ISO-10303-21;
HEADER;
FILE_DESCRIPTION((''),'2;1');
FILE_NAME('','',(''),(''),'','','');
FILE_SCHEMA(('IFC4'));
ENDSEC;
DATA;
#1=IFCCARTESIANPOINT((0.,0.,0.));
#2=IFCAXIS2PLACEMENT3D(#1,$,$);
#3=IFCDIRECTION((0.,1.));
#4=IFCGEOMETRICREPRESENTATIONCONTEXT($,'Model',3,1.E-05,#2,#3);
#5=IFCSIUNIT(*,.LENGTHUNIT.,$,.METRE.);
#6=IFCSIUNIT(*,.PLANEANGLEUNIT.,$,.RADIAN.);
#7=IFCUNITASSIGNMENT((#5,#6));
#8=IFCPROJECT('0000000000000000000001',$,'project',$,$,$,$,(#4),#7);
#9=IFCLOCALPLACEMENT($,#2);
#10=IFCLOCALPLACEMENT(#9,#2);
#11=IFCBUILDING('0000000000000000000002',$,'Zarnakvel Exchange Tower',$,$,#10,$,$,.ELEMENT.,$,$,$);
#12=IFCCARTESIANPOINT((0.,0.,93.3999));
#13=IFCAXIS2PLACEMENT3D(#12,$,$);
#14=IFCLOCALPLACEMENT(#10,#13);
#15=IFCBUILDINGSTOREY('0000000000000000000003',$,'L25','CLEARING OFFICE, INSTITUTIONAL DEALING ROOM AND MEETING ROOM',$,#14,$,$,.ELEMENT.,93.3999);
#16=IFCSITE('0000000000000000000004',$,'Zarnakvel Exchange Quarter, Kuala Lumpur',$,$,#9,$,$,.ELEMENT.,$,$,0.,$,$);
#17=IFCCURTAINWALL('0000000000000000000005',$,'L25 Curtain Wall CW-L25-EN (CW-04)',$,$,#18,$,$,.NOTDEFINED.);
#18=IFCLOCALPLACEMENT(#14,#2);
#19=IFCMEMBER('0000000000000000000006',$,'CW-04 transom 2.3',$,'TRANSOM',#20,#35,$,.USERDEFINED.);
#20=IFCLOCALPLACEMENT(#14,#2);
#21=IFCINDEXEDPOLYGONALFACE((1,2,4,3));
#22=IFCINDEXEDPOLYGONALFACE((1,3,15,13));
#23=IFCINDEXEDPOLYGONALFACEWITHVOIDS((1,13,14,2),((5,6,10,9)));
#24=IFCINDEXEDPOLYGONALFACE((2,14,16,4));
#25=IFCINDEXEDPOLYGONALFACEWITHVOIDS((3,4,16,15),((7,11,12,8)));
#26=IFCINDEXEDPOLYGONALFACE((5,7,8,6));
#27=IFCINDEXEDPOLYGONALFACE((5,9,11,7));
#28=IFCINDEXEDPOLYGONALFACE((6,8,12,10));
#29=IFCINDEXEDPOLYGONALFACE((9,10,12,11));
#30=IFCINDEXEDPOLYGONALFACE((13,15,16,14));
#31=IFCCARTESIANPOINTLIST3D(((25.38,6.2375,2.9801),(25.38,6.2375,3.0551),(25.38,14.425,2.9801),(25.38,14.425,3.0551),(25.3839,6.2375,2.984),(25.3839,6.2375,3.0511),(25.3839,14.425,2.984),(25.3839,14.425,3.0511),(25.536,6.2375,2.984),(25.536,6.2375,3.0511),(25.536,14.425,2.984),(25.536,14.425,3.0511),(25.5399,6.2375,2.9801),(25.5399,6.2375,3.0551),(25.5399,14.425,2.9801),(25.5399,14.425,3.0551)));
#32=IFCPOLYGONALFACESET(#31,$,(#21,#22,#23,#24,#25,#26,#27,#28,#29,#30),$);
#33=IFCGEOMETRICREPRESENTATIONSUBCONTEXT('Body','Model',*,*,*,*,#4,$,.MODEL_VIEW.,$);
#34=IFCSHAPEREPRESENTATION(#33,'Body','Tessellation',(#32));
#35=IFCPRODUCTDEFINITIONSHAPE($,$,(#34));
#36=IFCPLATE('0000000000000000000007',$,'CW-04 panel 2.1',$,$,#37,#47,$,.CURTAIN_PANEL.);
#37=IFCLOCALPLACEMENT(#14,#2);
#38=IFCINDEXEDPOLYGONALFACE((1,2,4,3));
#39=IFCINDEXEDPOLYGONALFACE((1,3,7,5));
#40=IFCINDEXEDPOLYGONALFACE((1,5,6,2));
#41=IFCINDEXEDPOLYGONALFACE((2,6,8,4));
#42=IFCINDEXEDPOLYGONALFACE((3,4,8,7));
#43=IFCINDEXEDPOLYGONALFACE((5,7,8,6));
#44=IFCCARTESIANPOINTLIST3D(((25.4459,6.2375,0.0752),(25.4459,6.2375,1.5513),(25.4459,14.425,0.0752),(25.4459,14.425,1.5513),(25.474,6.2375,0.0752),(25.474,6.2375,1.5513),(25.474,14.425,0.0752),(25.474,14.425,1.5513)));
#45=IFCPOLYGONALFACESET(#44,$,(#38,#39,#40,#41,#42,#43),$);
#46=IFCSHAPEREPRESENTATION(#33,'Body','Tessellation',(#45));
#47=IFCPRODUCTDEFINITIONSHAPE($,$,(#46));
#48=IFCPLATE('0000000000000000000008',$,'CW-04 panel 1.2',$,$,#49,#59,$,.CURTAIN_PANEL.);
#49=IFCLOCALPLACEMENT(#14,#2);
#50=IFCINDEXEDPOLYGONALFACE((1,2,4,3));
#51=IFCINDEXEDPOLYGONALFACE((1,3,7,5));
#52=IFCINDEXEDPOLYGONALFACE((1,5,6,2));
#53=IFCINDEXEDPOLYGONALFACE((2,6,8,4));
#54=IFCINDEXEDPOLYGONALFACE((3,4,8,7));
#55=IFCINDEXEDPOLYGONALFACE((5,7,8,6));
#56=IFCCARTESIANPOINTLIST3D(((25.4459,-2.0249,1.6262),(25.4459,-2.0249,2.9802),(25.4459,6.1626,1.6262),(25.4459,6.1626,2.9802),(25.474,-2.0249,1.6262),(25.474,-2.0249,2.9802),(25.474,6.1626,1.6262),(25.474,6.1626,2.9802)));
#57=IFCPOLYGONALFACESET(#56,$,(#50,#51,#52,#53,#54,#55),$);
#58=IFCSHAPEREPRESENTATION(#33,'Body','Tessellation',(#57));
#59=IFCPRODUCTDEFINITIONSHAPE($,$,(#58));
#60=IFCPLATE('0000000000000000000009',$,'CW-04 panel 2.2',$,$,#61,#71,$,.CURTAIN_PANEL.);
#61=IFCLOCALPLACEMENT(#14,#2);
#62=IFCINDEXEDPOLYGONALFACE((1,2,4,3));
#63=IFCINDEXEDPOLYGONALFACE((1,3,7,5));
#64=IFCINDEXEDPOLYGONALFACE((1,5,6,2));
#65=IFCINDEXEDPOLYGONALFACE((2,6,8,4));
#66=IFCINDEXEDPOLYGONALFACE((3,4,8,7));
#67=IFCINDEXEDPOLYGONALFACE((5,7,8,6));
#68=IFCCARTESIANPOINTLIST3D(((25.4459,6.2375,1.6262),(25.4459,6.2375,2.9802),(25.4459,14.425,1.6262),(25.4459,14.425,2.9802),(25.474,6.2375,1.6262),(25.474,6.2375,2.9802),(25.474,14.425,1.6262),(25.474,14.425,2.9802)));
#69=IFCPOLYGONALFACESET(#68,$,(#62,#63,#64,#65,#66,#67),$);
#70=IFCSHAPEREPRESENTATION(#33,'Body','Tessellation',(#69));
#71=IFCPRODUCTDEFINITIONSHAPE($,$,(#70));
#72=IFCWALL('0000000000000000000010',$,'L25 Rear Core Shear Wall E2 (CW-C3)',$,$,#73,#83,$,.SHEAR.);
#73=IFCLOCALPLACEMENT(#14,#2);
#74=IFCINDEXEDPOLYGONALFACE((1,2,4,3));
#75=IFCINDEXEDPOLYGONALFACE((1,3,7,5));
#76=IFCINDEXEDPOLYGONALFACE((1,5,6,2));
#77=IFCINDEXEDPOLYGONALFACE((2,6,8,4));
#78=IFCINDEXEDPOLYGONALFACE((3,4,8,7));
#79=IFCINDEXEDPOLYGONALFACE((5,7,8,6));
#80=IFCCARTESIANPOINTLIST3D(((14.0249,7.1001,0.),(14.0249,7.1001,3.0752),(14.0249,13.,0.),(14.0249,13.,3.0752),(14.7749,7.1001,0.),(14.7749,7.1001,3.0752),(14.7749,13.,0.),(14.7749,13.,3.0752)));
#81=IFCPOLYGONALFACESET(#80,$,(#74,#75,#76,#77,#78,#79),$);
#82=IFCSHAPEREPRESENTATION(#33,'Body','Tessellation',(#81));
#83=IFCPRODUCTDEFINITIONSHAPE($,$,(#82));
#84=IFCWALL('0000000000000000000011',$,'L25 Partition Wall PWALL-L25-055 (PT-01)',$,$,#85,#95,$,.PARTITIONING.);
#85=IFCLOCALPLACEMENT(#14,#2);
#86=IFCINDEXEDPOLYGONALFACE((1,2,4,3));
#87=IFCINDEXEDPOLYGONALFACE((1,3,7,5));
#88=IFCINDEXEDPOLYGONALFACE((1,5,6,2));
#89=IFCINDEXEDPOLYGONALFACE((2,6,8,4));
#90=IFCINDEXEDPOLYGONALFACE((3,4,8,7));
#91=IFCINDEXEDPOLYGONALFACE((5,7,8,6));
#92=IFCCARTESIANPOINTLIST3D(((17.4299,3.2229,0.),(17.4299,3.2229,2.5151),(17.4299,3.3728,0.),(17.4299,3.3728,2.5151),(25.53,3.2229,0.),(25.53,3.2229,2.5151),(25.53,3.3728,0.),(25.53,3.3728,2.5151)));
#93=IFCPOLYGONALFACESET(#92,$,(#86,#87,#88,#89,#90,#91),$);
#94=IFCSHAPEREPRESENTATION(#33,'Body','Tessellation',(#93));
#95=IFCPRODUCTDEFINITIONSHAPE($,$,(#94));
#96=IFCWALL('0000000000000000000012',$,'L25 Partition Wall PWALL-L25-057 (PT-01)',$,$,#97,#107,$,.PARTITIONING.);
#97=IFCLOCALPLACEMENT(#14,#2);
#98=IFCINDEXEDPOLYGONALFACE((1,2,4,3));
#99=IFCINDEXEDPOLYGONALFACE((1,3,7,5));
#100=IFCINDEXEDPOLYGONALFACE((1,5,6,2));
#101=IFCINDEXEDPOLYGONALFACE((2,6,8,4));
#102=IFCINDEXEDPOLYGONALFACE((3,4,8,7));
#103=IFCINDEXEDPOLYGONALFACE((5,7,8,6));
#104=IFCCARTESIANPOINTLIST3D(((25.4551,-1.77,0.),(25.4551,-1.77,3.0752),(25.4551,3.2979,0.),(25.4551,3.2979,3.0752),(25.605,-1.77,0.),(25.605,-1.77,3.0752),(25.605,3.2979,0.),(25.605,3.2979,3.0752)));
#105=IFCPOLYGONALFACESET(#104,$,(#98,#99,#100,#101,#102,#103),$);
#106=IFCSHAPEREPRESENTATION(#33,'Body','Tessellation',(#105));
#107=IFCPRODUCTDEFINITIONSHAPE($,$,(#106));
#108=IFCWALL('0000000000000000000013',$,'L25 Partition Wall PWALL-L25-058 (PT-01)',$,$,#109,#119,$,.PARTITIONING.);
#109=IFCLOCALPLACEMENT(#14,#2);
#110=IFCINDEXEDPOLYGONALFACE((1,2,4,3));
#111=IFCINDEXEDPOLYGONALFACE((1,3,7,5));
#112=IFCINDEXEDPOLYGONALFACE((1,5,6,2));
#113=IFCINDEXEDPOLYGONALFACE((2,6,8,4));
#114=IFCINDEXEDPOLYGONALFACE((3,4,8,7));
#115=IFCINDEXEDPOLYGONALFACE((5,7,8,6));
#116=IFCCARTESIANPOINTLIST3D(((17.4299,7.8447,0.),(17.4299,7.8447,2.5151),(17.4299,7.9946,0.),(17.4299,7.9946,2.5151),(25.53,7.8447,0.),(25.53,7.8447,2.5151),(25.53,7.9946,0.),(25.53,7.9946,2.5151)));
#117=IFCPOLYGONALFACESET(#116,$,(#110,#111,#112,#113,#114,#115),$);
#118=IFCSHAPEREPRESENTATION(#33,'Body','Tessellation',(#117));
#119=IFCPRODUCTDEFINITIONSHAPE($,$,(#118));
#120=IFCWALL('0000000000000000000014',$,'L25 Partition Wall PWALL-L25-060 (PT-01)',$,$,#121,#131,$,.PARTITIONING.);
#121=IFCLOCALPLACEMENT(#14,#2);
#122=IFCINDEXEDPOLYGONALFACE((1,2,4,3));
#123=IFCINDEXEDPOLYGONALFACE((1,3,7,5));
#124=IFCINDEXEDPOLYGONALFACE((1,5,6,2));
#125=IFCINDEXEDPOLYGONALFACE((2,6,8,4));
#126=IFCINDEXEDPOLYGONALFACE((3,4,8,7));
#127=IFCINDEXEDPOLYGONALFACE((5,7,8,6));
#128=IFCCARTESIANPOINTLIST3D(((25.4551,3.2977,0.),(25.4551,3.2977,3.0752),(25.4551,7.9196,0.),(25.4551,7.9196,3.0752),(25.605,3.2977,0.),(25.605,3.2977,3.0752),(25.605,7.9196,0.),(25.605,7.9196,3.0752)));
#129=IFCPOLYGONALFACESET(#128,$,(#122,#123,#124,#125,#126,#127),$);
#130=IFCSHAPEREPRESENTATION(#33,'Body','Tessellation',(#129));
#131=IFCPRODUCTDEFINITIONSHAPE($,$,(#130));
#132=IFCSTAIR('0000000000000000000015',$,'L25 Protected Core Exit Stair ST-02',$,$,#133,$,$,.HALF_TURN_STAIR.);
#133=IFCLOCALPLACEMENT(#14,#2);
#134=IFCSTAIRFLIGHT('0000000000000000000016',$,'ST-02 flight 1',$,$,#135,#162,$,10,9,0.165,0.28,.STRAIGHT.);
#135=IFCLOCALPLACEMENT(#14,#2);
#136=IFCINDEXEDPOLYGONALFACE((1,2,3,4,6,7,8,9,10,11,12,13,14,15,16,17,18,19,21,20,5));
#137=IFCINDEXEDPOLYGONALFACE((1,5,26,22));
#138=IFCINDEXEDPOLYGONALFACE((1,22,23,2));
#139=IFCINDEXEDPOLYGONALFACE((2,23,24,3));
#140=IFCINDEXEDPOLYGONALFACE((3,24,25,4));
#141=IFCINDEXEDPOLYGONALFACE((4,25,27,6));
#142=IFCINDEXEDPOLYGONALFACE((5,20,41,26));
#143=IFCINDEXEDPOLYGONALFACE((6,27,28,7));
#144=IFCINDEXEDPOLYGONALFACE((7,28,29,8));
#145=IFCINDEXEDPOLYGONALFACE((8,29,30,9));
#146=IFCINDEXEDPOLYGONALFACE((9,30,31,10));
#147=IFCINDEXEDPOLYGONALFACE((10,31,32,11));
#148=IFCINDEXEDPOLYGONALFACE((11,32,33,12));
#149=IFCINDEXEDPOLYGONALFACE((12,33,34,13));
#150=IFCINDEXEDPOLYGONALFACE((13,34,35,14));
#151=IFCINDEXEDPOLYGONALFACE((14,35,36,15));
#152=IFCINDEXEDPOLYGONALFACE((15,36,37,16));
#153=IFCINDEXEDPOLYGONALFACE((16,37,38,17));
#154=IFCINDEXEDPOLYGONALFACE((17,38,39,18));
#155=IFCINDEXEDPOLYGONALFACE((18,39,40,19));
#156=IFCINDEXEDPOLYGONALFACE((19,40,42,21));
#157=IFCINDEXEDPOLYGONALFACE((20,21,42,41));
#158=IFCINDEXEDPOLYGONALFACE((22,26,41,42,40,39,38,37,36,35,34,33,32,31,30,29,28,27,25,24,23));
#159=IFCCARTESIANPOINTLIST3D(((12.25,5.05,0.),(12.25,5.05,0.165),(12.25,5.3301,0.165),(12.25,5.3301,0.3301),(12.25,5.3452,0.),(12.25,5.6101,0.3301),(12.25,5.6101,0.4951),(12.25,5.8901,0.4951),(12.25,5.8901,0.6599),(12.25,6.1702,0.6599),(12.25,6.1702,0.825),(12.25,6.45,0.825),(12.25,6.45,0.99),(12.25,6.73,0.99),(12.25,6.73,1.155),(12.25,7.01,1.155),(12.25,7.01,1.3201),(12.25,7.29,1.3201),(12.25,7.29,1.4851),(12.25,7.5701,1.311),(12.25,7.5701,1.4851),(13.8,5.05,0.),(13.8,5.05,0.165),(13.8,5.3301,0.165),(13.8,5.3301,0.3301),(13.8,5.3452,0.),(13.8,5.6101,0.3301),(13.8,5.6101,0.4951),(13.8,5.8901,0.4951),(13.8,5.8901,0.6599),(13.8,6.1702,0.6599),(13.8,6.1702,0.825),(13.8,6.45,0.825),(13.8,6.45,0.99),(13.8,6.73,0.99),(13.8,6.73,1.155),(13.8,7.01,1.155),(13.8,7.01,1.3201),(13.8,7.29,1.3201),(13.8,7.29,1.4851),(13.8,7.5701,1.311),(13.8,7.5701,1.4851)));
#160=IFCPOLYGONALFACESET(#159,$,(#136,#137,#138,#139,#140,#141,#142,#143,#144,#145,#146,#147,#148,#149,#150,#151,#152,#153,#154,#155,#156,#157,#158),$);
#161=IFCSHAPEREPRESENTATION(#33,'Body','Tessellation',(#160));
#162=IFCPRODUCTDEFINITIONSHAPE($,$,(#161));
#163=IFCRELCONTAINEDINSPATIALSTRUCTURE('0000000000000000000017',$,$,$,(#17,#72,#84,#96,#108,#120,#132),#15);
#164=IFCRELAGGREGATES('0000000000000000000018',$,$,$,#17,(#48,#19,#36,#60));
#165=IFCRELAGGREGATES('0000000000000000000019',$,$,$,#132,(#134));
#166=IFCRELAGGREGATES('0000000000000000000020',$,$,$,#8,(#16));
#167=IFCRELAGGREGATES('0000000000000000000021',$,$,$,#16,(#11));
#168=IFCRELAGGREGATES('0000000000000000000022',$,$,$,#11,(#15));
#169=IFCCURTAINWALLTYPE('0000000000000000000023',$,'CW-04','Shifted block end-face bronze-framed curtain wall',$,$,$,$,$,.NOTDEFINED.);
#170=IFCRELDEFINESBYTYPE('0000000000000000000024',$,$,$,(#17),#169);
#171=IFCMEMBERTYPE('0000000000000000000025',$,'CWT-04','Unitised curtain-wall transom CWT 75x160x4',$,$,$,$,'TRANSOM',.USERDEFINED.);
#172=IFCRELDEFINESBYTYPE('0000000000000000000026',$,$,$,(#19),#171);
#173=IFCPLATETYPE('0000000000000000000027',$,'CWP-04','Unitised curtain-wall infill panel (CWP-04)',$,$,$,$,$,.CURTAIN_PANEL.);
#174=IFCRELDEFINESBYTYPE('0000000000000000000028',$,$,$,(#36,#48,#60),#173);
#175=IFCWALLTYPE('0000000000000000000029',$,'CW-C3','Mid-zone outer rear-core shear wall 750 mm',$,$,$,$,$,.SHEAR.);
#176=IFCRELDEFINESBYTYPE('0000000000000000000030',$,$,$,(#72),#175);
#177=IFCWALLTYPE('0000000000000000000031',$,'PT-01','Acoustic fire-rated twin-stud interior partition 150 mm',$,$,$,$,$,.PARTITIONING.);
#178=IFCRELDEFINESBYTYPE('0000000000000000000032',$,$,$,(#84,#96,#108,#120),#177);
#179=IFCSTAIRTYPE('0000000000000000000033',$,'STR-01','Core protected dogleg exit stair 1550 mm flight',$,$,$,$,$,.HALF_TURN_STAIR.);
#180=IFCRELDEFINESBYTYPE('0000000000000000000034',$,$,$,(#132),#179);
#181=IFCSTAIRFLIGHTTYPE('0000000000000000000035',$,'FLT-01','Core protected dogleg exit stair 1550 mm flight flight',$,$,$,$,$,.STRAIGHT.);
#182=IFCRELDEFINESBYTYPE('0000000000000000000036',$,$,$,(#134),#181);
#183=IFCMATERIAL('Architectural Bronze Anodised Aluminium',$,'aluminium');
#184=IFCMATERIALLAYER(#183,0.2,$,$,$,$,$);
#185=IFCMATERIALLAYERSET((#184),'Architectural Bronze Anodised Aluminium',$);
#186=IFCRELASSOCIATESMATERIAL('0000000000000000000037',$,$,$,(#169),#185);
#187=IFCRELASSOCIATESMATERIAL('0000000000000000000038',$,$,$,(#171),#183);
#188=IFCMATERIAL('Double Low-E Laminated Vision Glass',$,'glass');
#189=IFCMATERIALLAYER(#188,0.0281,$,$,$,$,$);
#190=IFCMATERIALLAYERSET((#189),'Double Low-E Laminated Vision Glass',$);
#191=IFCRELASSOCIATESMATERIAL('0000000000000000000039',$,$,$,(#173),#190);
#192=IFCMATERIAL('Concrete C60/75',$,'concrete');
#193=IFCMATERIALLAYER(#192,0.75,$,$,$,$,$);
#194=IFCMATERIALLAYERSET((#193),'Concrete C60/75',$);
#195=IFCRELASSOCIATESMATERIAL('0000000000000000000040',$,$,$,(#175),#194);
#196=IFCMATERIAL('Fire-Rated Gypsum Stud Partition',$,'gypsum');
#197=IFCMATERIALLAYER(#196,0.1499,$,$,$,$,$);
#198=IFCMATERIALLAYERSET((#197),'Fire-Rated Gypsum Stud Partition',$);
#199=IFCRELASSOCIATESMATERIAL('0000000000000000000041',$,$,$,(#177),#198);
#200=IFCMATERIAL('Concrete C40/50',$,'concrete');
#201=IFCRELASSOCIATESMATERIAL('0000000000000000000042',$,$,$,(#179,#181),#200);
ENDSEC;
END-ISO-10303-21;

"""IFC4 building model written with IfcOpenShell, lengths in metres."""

from ifc_helpers import new_model, si_unit, direction, frame, frame_2d, origin, origin_2d, place, context, subcontext, project, spatial, polyline, rectangle, hollow_rectangle, outline, extrude, source, transform, mapped, material, layer, layer_set, material_profile, profile_set, type_object, element, aggregate, save


model = new_model("IFC4")

# Units and contexts
model_context = context("Model", 3, precision=1e-05, world=origin(), true_north=direction((0.0, 1.0)))
body_context = subcontext(model_context, "Body", "Model", "MODEL_VIEW")
ifc_project = project(units=[si_unit("LENGTHUNIT", "METRE"), si_unit("PLANEANGLEUNIT", "RADIAN")], contexts=[model_context])

# Site, building, storey
site_placement = place(None, origin())
site = spatial("IfcSite", under=ifc_project, at=site_placement, Name="Zarnakvel Exchange Quarter, Kuala Lumpur", CompositionType="ELEMENT", RefElevation=0.0)
building_placement = place(site_placement, origin())
building = spatial("IfcBuilding", under=site, at=building_placement, Name="Zarnakvel Exchange Tower", CompositionType="ELEMENT")
storey_placement = place(building_placement, frame((0.0, 0.0, 93.3999)))
storey = spatial("IfcBuildingStorey", under=building, at=storey_placement, Name="L25", Description="CLEARING OFFICE, INSTITUTIONAL DEALING ROOM AND MEETING ROOM", CompositionType="ELEMENT", Elevation=93.3999)

# Shared definitions
ifc_material_1 = material(Name="Concrete C60/75", Category="concrete")

# Curtain wall, member, plates
ifc_material_2 = material(Name="Architectural Bronze Anodised Aluminium", Category="aluminium")
ifc_layer_1 = layer(ifc_material_2, 0.2)
ifc_layer_set_1 = layer_set([ifc_layer_1], Name="Architectural Bronze Anodised Aluminium")
curtain_wall_type = type_object("IfcCurtainWallType", Name="CW-04", Description="Shifted block end-face bronze-framed curtain wall", PredefinedType="NOTDEFINED", material=ifc_layer_set_1)
curtain_wall_placement = place(storey_placement, origin())
curtain_wall = element("IfcCurtainWall", 1, at=curtain_wall_placement, inside=storey, type_object=curtain_wall_type, Name="L25 Curtain Wall CW-L25-EN (CW-04)", PredefinedType="NOTDEFINED")
ifc_material_profile_1 = material_profile(ifc_material_2, hollow_rectangle(XDim=0.1599, YDim=0.075, WallThickness=0.0039, at=origin_2d()))
ifc_profile_set_1 = profile_set([ifc_material_profile_1], Name="Architectural Bronze Anodised Aluminium")
member_type_1 = type_object("IfcMemberType", Name="CWT-04", Description="Unitised curtain-wall transom CWT 75x160x4", ElementType="TRANSOM", PredefinedType="USERDEFINED", material=ifc_profile_set_1)
shared_shape_1 = source(origin(), body_context, "Body", "SweptSolid", [
    extrude(hollow_rectangle(XDim=0.1599, YDim=0.075, WallThickness=0.0039, at=origin_2d()), origin(), (0.0, 0.0, 1.0), 8.1875),
])
member_1_placement = place(storey_placement, frame((25.46, 6.2375, 3.0176), z_axis=(0.0, 1.0, 0.0), x_axis=(-1.0, 0.0, 0.0)))
member_1 = element("IfcMember", 2, at=member_1_placement, type_object=member_type_1, Name="CW-04 transom 2.3", ObjectType="TRANSOM", PredefinedType="USERDEFINED", context=body_context, shape_type="MappedRepresentation", body=[
    mapped(shared_shape_1, transform((0.0, 0.0, 0.0), x_axis=(1.0, 0.0, 0.0), y_axis=(0.0, 1.0, 0.0), z_axis=(0.0, 0.0, 1.0), scale=1.0)),
])
ifc_material_3 = material(Name="Double Low-E Laminated Vision Glass", Category="glass")
ifc_layer_2 = layer(ifc_material_3, 0.0281)
ifc_layer_set_2 = layer_set([ifc_layer_2], Name="Double Low-E Laminated Vision Glass")
plate_type = type_object("IfcPlateType", Name="CWP-04", Description="Unitised curtain-wall infill panel (CWP-04)", PredefinedType="CURTAIN_PANEL", material=ifc_layer_set_2)
shared_shape_2 = source(origin(), body_context, "Body", "SweptSolid", [
    extrude(rectangle(XDim=8.1875, YDim=0.0281, at=origin_2d()), origin(), (0.0, 0.0, 1.0), 1.4761),
])
plate_1_placement = place(storey_placement, frame((25.46, 10.3313, 0.0752), z_axis=(0.0, 0.0, 1.0), x_axis=(0.0, 1.0, 0.0)))
plate_1 = element("IfcPlate", 3, at=plate_1_placement, type_object=plate_type, Name="CW-04 panel 2.1", PredefinedType="CURTAIN_PANEL", context=body_context, shape_type="MappedRepresentation", body=[
    mapped(shared_shape_2, transform((0.0, 0.0, 0.0), x_axis=(1.0, 0.0, 0.0), y_axis=(0.0, 1.0, 0.0), z_axis=(0.0, 0.0, 1.0), scale=1.0)),
])
shared_shape_3 = source(origin(), body_context, "Body", "SweptSolid", [
    extrude(rectangle(XDim=8.1875, YDim=0.0281, at=origin_2d()), origin(), (0.0, 0.0, 1.0), 1.354),
])
plate_2_placement = place(storey_placement, frame((25.46, 2.0688, 1.6262), z_axis=(0.0, 0.0, 1.0), x_axis=(0.0, 1.0, 0.0)))
plate_2 = element("IfcPlate", 4, at=plate_2_placement, type_object=plate_type, Name="CW-04 panel 1.2", PredefinedType="CURTAIN_PANEL", context=body_context, shape_type="MappedRepresentation", body=[
    mapped(shared_shape_3, transform((0.0, 0.0, 0.0), x_axis=(1.0, 0.0, 0.0), y_axis=(0.0, 1.0, 0.0), z_axis=(0.0, 0.0, 1.0), scale=1.0)),
])
plate_3_placement = place(storey_placement, frame((25.46, 10.3313, 1.6262), z_axis=(0.0, 0.0, 1.0), x_axis=(0.0, 1.0, 0.0)))
plate_3 = element("IfcPlate", 5, at=plate_3_placement, type_object=plate_type, Name="CW-04 panel 2.2", PredefinedType="CURTAIN_PANEL", context=body_context, shape_type="MappedRepresentation", body=[
    mapped(shared_shape_3, transform((0.0, 0.0, 0.0), x_axis=(1.0, 0.0, 0.0), y_axis=(0.0, 1.0, 0.0), z_axis=(0.0, 0.0, 1.0), scale=1.0)),
])
aggregate(curtain_wall, [plate_2, member_1, plate_1, plate_3])

# Walls
ifc_layer_3 = layer(ifc_material_1, 0.75)
ifc_layer_set_3 = layer_set([ifc_layer_3], Name="Concrete C60/75")
wall_type_1 = type_object("IfcWallType", Name="CW-C3", Description="Mid-zone outer rear-core shear wall 750 mm", PredefinedType="SHEAR", material=ifc_layer_set_3)
wall_1_placement = place(storey_placement, frame((14.3999, 7.1001, 0.0), z_axis=(0.0, 0.0, 1.0), x_axis=(0.0, 1.0, 0.0)))
element("IfcWall", 6, at=wall_1_placement, inside=storey, type_object=wall_type_1, Name="L25 Rear Core Shear Wall E2 (CW-C3)", PredefinedType="SHEAR", context=body_context, shape_type="SweptSolid", body=[
    extrude(rectangle(XDim=5.8999, YDim=0.75, at=frame_2d((2.95, 0.0))), origin(), (0.0, 0.0, 1.0), 3.0752),
])
ifc_material_4 = material(Name="Fire-Rated Gypsum Stud Partition", Category="gypsum")
ifc_layer_4 = layer(ifc_material_4, 0.1499)
ifc_layer_set_4 = layer_set([ifc_layer_4], Name="Fire-Rated Gypsum Stud Partition")
wall_type_2 = type_object("IfcWallType", Name="PT-01", Description="Acoustic fire-rated twin-stud interior partition 150 mm", PredefinedType="PARTITIONING", material=ifc_layer_set_4)
wall_2_placement = place(storey_placement, frame((17.4299, 3.2979, 0.0), z_axis=(0.0, 0.0, 1.0), x_axis=(1.0, 0.0, 0.0)))
element("IfcWall", 7, at=wall_2_placement, inside=storey, type_object=wall_type_2, Name="L25 Partition Wall PWALL-L25-055 (PT-01)", PredefinedType="PARTITIONING", context=body_context, shape_type="SweptSolid", body=[
    extrude(rectangle(XDim=8.1001, YDim=0.1499, at=frame_2d((4.05, 0.0))), origin(), (0.0, 0.0, 1.0), 2.5151),
])
wall_3_placement = place(storey_placement, frame((25.53, 3.2979, 0.0), z_axis=(0.0, 0.0, 1.0), x_axis=(0.0, -1.0, 0.0)))
element("IfcWall", 8, at=wall_3_placement, inside=storey, type_object=wall_type_2, Name="L25 Partition Wall PWALL-L25-057 (PT-01)", PredefinedType="PARTITIONING", context=body_context, shape_type="SweptSolid", body=[
    extrude(rectangle(XDim=5.0679, YDim=0.1499, at=frame_2d((2.5339, 0.0))), origin(), (0.0, 0.0, 1.0), 3.0752),
])
wall_4_placement = place(storey_placement, frame((17.4299, 7.9197, 0.0), z_axis=(0.0, 0.0, 1.0), x_axis=(1.0, 0.0, 0.0)))
element("IfcWall", 9, at=wall_4_placement, inside=storey, type_object=wall_type_2, Name="L25 Partition Wall PWALL-L25-058 (PT-01)", PredefinedType="PARTITIONING", context=body_context, shape_type="SweptSolid", body=[
    extrude(rectangle(XDim=8.1001, YDim=0.1499, at=frame_2d((4.05, 0.0))), origin(), (0.0, 0.0, 1.0), 2.5151),
])

# Wall
wall_5_placement = place(storey_placement, frame((25.53, 7.9197, 0.0), z_axis=(0.0, 0.0, 1.0), x_axis=(0.0, -1.0, 0.0)))
element("IfcWall", 10, at=wall_5_placement, inside=storey, type_object=wall_type_2, Name="L25 Partition Wall PWALL-L25-060 (PT-01)", PredefinedType="PARTITIONING", context=body_context, shape_type="SweptSolid", body=[
    extrude(rectangle(XDim=4.6218, YDim=0.1499, at=frame_2d((2.311, 0.0))), origin(), (0.0, 0.0, 1.0), 3.0752),
])

# Shared definitions
ifc_material_5 = material(Name="Concrete C40/50", Category="concrete")

# Stair, stair flight
stair_type = type_object("IfcStairType", Name="STR-01", Description="Core protected dogleg exit stair 1550 mm flight", PredefinedType="HALF_TURN_STAIR", material=ifc_material_5)
stair_placement = place(storey_placement, origin())
stair = element("IfcStair", 11, at=stair_placement, inside=storey, type_object=stair_type, Name="L25 Protected Core Exit Stair ST-02", PredefinedType="HALF_TURN_STAIR")
stair_flight_type = type_object("IfcStairFlightType", Name="FLT-01", Description="Core protected dogleg exit stair 1550 mm flight flight", PredefinedType="STRAIGHT", material=ifc_material_5)
stair_flight_placement = place(storey_placement, frame((13.0249, 5.05, 0.0), z_axis=(0.0, 0.0, 1.0), x_axis=(0.0, 1.0, 0.0)))
stair_flight = element("IfcStairFlight", 12, at=stair_flight_placement, type_object=stair_flight_type, Name="ST-02 flight 1", NumberOfRisers=10, NumberOfTreads=9, PredefinedType="STRAIGHT", RiserHeight=0.165, TreadLength=0.28, context=body_context, shape_type="SweptSolid", body=[
    extrude(outline(polyline([(0.0, 0.0), (0.0, 0.165), (0.28, 0.165), (0.28, 0.3301), (0.5601, 0.3301), (0.5601, 0.4951), (0.8401, 0.4951), (0.8401, 0.6599), (1.1201, 0.6599), (1.1201, 0.825), (1.3999, 0.825), (1.3999, 0.99), (1.6799, 0.99), (1.6799, 1.155), (1.96, 1.155), (1.96, 1.3201), (2.24, 1.3201), (2.24, 1.4851), (2.52, 1.4851), (2.52, 1.6499), (2.52, 1.311), (0.2952, 0.0), (0.0, 0.0)])), frame((0.0, 0.7749, 0.0), z_axis=(0.0, -1.0, 0.0), x_axis=(1.0, 0.0, 0.0)), (0.0, 0.0, 1.0), 1.55),
])
aggregate(stair, [stair_flight])

save(model, "model.ifc")
